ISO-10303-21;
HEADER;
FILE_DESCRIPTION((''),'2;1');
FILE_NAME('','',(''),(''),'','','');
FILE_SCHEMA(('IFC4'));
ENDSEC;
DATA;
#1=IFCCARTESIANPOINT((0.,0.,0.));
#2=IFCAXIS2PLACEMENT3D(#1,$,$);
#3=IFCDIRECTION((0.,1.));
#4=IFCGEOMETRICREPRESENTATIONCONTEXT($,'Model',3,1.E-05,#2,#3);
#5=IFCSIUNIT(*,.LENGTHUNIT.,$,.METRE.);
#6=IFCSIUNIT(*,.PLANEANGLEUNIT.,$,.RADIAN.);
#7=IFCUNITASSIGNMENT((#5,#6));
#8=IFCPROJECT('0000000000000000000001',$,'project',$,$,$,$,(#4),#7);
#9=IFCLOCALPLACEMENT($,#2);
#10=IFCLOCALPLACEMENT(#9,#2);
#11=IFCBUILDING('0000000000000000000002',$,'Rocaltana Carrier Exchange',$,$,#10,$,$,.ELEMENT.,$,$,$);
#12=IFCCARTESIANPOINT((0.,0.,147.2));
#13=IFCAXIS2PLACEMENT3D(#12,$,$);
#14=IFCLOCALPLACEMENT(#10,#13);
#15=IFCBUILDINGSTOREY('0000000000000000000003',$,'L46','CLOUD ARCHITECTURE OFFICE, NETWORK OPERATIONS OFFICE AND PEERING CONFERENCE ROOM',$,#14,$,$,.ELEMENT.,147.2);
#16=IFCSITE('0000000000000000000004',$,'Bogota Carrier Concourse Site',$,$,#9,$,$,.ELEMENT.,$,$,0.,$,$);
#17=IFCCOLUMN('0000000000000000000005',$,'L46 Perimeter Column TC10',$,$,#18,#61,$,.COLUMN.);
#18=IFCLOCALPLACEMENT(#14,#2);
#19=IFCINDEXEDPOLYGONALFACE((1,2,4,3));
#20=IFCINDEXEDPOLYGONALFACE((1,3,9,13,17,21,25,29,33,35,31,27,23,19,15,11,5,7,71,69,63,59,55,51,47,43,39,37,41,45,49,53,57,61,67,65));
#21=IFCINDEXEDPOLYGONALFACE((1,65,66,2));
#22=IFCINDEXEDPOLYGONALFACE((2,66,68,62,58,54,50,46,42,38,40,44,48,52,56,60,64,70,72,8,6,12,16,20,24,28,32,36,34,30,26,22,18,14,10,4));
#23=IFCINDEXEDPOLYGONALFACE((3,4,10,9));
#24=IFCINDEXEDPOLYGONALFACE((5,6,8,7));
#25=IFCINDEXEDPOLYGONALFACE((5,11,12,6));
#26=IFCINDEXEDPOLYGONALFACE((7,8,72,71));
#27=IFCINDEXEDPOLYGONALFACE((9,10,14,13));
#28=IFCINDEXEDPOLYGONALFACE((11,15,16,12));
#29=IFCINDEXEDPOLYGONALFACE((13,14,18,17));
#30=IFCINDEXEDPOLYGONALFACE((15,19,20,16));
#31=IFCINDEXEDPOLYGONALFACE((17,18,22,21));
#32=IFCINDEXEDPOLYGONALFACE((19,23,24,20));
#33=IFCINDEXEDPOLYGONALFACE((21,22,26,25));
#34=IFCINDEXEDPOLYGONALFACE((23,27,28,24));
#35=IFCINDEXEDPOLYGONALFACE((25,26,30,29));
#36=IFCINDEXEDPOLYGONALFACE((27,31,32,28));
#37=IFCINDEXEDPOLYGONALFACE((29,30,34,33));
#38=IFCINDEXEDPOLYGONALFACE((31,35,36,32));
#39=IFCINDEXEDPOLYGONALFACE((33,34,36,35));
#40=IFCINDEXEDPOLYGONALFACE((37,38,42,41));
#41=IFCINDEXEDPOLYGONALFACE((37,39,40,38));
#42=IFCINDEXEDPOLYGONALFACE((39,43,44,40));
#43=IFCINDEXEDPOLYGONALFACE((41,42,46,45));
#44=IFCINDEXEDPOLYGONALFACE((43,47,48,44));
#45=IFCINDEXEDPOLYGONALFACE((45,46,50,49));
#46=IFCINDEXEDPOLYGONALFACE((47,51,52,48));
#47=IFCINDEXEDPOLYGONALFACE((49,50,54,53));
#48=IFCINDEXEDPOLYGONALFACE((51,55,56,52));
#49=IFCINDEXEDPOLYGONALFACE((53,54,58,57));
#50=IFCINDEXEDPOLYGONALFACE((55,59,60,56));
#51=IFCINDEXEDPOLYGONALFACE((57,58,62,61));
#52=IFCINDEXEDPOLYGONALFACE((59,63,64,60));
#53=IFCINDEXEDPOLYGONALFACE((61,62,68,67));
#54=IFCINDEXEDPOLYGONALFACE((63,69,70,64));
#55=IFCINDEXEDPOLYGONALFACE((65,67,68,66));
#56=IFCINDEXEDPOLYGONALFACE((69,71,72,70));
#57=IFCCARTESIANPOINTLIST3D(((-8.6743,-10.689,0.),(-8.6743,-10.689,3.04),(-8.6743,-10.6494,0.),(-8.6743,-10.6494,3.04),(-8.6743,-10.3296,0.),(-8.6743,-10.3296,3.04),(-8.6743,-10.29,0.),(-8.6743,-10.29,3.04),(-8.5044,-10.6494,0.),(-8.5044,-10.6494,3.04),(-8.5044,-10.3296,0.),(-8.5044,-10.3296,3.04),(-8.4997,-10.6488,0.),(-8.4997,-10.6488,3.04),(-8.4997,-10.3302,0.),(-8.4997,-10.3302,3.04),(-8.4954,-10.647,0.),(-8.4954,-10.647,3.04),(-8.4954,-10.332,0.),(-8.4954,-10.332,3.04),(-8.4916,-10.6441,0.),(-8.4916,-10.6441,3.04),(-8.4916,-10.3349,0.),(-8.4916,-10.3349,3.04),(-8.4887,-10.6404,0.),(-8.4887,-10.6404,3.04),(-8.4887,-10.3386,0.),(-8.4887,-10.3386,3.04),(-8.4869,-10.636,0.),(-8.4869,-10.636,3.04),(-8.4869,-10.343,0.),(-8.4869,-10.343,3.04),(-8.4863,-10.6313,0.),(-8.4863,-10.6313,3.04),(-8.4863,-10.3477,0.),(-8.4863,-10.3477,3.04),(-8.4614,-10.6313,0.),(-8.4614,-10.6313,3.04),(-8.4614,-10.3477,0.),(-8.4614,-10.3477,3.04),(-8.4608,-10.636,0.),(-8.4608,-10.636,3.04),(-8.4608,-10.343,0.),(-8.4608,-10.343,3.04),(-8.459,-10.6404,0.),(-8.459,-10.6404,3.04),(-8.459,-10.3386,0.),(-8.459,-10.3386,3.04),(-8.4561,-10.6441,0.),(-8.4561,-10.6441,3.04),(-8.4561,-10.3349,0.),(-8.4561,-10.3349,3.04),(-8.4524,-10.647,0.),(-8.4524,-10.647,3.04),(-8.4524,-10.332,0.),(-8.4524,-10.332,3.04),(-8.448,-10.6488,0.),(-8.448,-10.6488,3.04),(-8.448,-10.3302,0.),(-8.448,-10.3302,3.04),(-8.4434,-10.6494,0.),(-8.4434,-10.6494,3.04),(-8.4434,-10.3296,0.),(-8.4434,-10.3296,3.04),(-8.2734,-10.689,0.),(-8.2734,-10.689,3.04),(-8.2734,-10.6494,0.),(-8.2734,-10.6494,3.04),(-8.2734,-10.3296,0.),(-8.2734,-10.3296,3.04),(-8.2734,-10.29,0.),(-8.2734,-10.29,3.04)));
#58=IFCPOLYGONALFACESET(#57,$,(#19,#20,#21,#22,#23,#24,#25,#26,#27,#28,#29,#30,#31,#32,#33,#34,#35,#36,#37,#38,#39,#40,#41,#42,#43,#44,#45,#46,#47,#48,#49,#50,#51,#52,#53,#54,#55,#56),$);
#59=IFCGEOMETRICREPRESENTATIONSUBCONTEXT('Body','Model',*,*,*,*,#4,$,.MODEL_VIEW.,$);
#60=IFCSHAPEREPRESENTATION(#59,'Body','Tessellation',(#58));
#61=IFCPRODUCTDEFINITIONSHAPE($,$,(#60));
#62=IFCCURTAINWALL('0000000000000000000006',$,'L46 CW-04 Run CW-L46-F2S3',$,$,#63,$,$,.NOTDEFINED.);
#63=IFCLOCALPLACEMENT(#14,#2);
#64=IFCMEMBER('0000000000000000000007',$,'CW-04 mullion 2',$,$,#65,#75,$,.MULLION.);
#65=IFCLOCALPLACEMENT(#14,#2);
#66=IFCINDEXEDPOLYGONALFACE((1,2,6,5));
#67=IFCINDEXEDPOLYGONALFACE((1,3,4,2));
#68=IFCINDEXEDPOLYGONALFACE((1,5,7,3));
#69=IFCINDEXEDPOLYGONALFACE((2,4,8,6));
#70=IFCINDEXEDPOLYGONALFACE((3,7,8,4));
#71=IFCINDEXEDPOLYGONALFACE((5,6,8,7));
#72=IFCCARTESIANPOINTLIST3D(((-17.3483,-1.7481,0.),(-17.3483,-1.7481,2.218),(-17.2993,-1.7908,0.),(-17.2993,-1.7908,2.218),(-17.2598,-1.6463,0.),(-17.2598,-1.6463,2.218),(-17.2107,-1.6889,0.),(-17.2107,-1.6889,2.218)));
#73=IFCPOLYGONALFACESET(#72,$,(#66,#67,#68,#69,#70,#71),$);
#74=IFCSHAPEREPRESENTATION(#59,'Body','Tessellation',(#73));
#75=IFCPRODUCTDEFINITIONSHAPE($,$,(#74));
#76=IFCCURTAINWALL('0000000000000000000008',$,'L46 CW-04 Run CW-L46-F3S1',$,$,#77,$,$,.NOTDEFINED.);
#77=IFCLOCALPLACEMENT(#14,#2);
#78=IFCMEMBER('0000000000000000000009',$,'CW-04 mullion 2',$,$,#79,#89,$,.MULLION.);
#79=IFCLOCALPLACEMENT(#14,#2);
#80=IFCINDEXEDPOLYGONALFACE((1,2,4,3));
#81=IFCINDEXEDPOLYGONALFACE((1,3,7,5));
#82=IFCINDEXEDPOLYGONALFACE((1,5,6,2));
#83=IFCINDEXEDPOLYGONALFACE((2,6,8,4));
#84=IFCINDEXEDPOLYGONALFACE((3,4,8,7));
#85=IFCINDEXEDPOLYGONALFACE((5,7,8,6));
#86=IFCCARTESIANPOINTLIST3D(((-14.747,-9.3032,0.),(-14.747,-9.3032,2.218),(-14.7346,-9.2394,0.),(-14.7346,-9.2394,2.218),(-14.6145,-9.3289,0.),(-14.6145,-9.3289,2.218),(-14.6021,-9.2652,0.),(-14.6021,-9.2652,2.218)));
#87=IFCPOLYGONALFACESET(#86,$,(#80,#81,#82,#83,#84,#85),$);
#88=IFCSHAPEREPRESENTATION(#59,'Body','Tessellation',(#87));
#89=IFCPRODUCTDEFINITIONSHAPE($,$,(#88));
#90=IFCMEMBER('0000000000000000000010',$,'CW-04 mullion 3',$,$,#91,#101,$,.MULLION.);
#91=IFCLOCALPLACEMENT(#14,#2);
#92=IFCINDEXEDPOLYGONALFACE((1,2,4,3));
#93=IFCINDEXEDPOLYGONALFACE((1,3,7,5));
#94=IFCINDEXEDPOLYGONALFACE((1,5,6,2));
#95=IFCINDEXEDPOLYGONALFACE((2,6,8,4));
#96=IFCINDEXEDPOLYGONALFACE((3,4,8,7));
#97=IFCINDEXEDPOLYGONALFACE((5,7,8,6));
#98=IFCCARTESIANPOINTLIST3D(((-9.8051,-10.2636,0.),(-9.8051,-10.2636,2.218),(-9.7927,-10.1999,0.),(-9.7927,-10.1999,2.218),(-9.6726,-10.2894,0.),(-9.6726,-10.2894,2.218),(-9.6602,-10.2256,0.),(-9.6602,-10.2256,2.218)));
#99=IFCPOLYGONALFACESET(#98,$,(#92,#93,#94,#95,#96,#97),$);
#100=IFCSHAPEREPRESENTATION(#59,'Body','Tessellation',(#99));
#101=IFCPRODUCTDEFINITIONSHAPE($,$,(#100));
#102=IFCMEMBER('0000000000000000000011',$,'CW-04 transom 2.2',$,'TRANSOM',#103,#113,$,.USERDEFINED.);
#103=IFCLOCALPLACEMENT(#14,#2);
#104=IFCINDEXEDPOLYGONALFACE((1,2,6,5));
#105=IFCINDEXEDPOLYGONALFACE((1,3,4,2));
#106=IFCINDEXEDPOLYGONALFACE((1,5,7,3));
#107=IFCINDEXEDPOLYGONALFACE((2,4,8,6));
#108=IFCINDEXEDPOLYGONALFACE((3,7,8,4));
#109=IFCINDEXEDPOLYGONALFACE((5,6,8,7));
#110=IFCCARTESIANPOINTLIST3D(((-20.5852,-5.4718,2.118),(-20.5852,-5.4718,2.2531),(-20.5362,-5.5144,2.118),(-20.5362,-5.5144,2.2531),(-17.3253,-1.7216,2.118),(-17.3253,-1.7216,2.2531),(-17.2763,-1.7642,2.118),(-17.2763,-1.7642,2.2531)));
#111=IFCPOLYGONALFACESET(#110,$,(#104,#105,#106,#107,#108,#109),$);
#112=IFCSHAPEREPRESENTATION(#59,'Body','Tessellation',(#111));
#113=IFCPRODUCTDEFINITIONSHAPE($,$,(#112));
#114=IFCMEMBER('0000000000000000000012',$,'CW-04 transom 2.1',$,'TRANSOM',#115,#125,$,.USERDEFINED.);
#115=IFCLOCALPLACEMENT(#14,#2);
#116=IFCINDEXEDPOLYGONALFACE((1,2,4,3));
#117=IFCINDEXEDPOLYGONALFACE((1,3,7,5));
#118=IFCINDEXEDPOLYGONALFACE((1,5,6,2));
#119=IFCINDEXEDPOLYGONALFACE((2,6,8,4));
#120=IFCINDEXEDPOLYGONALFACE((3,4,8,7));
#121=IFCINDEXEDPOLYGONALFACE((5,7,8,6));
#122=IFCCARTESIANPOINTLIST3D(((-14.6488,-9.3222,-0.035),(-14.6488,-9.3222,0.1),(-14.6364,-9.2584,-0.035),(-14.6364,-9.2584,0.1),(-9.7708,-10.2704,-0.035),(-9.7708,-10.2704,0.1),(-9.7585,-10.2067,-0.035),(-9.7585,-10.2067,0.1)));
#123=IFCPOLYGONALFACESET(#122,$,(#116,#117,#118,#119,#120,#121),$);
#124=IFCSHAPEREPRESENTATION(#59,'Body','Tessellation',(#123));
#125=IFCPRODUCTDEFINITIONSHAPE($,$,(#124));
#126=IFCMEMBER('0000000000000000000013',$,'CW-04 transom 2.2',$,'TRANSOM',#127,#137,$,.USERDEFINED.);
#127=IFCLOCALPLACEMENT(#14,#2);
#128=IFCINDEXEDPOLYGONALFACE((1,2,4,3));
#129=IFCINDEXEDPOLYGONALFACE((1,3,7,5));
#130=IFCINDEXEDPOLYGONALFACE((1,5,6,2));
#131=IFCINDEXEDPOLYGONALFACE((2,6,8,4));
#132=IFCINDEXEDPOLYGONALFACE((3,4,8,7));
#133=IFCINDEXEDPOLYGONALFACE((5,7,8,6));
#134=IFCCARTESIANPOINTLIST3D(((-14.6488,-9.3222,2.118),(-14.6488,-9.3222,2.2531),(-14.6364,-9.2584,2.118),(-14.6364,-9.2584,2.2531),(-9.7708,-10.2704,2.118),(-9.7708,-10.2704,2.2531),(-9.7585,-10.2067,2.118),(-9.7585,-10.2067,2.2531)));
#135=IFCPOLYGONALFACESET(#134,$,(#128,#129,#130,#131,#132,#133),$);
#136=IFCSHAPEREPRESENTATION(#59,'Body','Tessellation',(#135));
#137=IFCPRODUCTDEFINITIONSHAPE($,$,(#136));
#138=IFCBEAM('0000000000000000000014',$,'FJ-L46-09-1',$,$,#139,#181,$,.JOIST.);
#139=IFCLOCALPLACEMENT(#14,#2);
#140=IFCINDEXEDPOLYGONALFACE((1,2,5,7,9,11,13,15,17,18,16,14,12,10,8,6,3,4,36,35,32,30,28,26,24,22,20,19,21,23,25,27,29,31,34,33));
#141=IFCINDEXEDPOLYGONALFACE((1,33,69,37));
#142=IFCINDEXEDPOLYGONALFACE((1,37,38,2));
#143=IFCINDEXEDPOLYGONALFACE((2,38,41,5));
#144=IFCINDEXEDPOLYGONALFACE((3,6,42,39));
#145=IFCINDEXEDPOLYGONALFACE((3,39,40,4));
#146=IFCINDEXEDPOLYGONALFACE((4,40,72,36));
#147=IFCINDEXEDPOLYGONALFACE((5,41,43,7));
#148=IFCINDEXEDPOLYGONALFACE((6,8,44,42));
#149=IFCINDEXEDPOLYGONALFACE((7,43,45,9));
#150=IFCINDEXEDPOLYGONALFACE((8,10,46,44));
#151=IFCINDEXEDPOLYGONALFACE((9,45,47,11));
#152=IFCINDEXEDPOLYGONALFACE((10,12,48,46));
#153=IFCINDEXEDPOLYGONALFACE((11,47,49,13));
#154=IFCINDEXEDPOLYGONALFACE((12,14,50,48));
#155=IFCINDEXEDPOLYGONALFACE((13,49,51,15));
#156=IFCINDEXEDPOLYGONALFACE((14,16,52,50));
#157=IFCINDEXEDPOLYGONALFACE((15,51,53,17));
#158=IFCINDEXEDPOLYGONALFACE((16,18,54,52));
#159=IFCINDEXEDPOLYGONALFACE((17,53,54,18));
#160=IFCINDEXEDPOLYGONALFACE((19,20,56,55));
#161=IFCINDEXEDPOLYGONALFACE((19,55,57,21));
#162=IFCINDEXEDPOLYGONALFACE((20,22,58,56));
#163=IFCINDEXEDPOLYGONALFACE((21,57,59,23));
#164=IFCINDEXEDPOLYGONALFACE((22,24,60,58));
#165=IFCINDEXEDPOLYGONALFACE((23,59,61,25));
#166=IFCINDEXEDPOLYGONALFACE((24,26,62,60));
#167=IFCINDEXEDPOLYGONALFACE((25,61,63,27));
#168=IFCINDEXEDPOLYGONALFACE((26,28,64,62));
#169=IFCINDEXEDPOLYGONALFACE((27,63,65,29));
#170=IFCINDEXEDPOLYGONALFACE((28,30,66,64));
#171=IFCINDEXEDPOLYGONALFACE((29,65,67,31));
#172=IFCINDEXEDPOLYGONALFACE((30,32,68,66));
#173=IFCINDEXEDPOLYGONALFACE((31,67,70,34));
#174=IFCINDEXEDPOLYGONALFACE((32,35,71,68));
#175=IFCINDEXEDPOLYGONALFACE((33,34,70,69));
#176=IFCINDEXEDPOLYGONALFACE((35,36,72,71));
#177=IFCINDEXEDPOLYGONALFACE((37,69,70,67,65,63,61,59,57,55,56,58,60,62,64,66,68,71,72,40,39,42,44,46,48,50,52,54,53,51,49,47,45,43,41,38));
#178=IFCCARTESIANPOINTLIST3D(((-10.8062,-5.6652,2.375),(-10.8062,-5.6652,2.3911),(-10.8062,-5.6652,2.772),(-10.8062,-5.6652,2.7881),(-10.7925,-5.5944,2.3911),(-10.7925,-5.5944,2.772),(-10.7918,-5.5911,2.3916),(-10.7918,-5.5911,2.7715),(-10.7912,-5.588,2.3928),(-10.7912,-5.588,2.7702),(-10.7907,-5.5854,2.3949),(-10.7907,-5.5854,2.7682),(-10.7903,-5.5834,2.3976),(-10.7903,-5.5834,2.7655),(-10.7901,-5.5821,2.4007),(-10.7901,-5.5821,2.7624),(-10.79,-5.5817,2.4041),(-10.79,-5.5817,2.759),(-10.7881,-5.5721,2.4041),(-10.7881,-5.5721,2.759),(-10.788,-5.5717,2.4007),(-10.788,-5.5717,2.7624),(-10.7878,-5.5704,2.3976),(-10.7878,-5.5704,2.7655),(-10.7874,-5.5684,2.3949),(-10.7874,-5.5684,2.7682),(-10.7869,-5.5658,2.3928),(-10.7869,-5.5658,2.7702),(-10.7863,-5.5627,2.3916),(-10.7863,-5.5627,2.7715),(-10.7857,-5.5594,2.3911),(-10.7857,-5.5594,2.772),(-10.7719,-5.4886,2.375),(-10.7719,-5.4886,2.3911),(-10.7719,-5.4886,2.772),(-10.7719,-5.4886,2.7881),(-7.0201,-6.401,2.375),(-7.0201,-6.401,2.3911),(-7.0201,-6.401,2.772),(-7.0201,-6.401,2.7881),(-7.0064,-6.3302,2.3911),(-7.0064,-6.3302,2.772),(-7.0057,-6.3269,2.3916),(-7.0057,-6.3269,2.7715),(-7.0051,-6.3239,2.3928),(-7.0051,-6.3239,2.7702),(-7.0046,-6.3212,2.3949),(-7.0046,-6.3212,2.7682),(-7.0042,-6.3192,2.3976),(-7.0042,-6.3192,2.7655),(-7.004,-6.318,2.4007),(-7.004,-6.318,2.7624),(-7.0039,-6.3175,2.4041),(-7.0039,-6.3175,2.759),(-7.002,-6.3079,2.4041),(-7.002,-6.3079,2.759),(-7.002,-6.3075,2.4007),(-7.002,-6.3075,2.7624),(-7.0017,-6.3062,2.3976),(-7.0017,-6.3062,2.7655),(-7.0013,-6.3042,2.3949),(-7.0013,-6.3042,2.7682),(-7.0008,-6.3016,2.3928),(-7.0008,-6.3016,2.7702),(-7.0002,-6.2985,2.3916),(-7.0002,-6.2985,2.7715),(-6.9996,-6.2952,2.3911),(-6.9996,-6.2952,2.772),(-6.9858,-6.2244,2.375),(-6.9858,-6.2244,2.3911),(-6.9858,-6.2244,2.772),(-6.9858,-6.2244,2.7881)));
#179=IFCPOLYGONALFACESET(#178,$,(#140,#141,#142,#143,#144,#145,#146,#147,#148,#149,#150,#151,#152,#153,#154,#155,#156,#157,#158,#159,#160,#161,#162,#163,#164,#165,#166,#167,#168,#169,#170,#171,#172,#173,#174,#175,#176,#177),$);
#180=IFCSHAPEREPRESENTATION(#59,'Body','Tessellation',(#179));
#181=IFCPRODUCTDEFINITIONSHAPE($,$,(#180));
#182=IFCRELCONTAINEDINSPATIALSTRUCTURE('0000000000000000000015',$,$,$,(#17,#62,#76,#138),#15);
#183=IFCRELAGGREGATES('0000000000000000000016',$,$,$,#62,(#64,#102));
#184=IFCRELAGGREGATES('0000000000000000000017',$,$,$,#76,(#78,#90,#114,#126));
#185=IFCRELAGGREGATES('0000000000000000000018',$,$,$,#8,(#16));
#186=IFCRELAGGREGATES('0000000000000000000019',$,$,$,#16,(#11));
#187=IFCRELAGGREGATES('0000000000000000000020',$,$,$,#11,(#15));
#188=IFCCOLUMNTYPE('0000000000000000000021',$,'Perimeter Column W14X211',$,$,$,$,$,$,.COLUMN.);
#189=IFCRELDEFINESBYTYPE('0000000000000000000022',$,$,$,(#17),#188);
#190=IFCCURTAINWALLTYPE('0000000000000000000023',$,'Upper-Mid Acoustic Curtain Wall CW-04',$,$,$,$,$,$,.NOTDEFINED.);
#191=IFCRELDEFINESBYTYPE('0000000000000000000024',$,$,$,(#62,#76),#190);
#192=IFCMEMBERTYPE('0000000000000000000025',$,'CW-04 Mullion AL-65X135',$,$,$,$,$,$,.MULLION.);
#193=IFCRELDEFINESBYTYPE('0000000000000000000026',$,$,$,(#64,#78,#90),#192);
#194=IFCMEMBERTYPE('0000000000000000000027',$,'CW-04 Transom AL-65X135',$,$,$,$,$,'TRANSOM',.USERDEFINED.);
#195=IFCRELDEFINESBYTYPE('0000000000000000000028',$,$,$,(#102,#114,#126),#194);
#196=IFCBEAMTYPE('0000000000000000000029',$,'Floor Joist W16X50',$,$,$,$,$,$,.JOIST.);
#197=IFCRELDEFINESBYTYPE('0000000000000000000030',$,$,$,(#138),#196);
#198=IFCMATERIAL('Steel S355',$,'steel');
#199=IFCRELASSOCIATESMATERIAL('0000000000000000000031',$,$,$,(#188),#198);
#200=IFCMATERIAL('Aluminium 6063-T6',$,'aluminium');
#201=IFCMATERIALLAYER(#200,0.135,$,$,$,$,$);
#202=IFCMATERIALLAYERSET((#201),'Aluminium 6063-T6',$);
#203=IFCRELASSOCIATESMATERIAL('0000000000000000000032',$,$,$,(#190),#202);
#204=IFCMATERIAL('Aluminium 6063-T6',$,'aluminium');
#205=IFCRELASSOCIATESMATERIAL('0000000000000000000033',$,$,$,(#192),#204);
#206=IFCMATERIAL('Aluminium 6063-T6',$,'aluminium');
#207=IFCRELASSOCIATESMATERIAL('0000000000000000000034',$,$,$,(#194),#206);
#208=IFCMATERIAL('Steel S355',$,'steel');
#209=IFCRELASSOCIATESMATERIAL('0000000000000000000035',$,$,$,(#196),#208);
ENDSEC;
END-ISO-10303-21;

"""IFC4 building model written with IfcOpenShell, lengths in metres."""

from ifc_helpers import new_model, si_unit, direction, frame, origin, origin_2d, place, context, subcontext, project, spatial, rectangle, i_section, extrude, material, layer, layer_set, material_profile, profile_set, type_object, element, aggregate, save


model = new_model("IFC4")

# Units and contexts
model_context = context("Model", 3, precision=1e-05, world=origin(), true_north=direction((0.0, 1.0)))
body_context = subcontext(model_context, "Body", "Model", "MODEL_VIEW")
ifc_project = project(units=[si_unit("LENGTHUNIT", "METRE"), si_unit("PLANEANGLEUNIT", "RADIAN")], contexts=[model_context])

# Site, building, storey
site_placement = place(None, origin())
site = spatial("IfcSite", under=ifc_project, at=site_placement, Name="Bogota Carrier Concourse Site", CompositionType="ELEMENT", RefElevation=0.0)
building_placement = place(site_placement, origin())
building = spatial("IfcBuilding", under=site, at=building_placement, Name="Rocaltana Carrier Exchange", CompositionType="ELEMENT")
storey_placement = place(building_placement, frame((0.0, 0.0, 147.2)))
storey = spatial("IfcBuildingStorey", under=building, at=storey_placement, Name="L46", Description="CLOUD ARCHITECTURE OFFICE, NETWORK OPERATIONS OFFICE AND PEERING CONFERENCE ROOM", CompositionType="ELEMENT", Elevation=147.2)

# Column
ifc_material_1 = material(Name="Steel S355", Category="steel")
ifc_material_profile_1 = material_profile(ifc_material_1, i_section(OverallWidth=0.4009, OverallDepth=0.3989, WebThickness=0.0249, FlangeThickness=0.0396, FilletRadius=0.0181, at=origin_2d()), Name="W14X211")
ifc_profile_set_1 = profile_set([ifc_material_profile_1], Name="Steel S355")
column_type = type_object("IfcColumnType", Name="Perimeter Column W14X211", PredefinedType="COLUMN", material=ifc_profile_set_1)
column_placement = place(storey_placement, frame((-8.4739, -10.4895, 0.0), z_axis=(0.0, 0.0, 1.0), x_axis=(1.0, 0.0, 0.0)))
element("IfcColumn", 1, at=column_placement, inside=storey, type_object=column_type, Name="L46 Perimeter Column TC10", PredefinedType="COLUMN", context=body_context, shape_type="SweptSolid", body=[
    extrude(i_section(OverallWidth=0.4009, OverallDepth=0.3989, WebThickness=0.0249, FlangeThickness=0.0396, FilletRadius=0.0181, at=origin_2d()), origin(), (0.0, 0.0, 1.0), 3.04),
])

# Curtain wall, member
ifc_material_2 = material(Name="Aluminium 6063-T6", Category="aluminium")
ifc_layer_1 = layer(ifc_material_2, 0.135)
ifc_layer_set_1 = layer_set([ifc_layer_1], Name="Aluminium 6063-T6")
curtain_wall_type = type_object("IfcCurtainWallType", Name="Upper-Mid Acoustic Curtain Wall CW-04", PredefinedType="NOTDEFINED", material=ifc_layer_set_1)
curtain_wall_1_placement = place(storey_placement, origin())
curtain_wall_1 = element("IfcCurtainWall", 2, at=curtain_wall_1_placement, inside=storey, type_object=curtain_wall_type, Name="L46 CW-04 Run CW-L46-F2S3", PredefinedType="NOTDEFINED")
ifc_material_3 = material(Name="Aluminium 6063-T6", Category="aluminium")
ifc_material_profile_2 = material_profile(ifc_material_3, rectangle(XDim=0.0649, YDim=0.135, at=origin_2d()), Name="AL-65X135")
ifc_profile_set_2 = profile_set([ifc_material_profile_2], Name="Aluminium 6063-T6")
member_type_1 = type_object("IfcMemberType", Name="CW-04 Mullion AL-65X135", PredefinedType="MULLION", material=ifc_profile_set_2)
member_1_placement = place(storey_placement, frame((-17.2795, -1.7185, 0.0), z_axis=(0.0, 0.0, 1.0), x_axis=(0.754712, -0.656057, 0.0)))
member_1 = element("IfcMember", 3, at=member_1_placement, type_object=member_type_1, Name="CW-04 mullion 2", PredefinedType="MULLION", context=body_context, shape_type="SweptSolid", body=[
    extrude(rectangle(XDim=0.0649, YDim=0.135, at=origin_2d()), origin(), (0.0, 0.0, 1.0), 2.218),
])

# Curtain wall, members
curtain_wall_2_placement = place(storey_placement, origin())
curtain_wall_2 = element("IfcCurtainWall", 4, at=curtain_wall_2_placement, inside=storey, type_object=curtain_wall_type, Name="L46 CW-04 Run CW-L46-F3S1", PredefinedType="NOTDEFINED")
member_2_placement = place(storey_placement, frame((-14.6746, -9.2842, 0.0), z_axis=(0.0, 0.0, 1.0), x_axis=(0.190803, 0.981628, 0.0)))
member_2 = element("IfcMember", 5, at=member_2_placement, type_object=member_type_1, Name="CW-04 mullion 2", PredefinedType="MULLION", context=body_context, shape_type="SweptSolid", body=[
    extrude(rectangle(XDim=0.0649, YDim=0.135, at=origin_2d()), origin(), (0.0, 0.0, 1.0), 2.218),
])
member_3_placement = place(storey_placement, frame((-9.7327, -10.2446, 0.0), z_axis=(0.0, 0.0, 1.0), x_axis=(0.190803, 0.981628, 0.0)))
member_3 = element("IfcMember", 6, at=member_3_placement, type_object=member_type_1, Name="CW-04 mullion 3", PredefinedType="MULLION", context=body_context, shape_type="SweptSolid", body=[
    extrude(rectangle(XDim=0.0649, YDim=0.135, at=origin_2d()), origin(), (0.0, 0.0, 1.0), 2.218),
])

# Members
ifc_material_4 = material(Name="Aluminium 6063-T6", Category="aluminium")
ifc_material_profile_3 = material_profile(ifc_material_4, rectangle(XDim=0.0649, YDim=0.135, at=origin_2d()), Name="AL-65X135")
ifc_profile_set_3 = profile_set([ifc_material_profile_3], Name="Aluminium 6063-T6")
member_type_2 = type_object("IfcMemberType", Name="CW-04 Transom AL-65X135", ElementType="TRANSOM", PredefinedType="USERDEFINED", material=ifc_profile_set_3)
member_4_placement = place(storey_placement, frame((-17.3008, -1.7429, 2.1855), z_axis=(-0.656056, -0.754712, 0.0), x_axis=(0.754712, -0.656056, 0.0)))
member_4 = element("IfcMember", 7, at=member_4_placement, type_object=member_type_2, Name="CW-04 transom 2.2", ObjectType="TRANSOM", PredefinedType="USERDEFINED", context=body_context, shape_type="SweptSolid", body=[
    extrude(rectangle(XDim=0.0649, YDim=0.135, at=origin_2d()), origin(), (0.0, 0.0, 1.0), 4.969),
])
aggregate(curtain_wall_1, [member_1, member_4])
member_5_placement = place(storey_placement, frame((-14.6426, -9.2903, 0.0325), z_axis=(0.981625, -0.190822, 0.0), x_axis=(0.190822, 0.981625, 0.0)))
member_5 = element("IfcMember", 8, at=member_5_placement, type_object=member_type_2, Name="CW-04 transom 2.1", ObjectType="TRANSOM", PredefinedType="USERDEFINED", context=body_context, shape_type="SweptSolid", body=[
    extrude(rectangle(XDim=0.0649, YDim=0.135, at=origin_2d()), origin(), (0.0, 0.0, 1.0), 4.9692),
])
member_6_placement = place(storey_placement, frame((-14.6426, -9.2903, 2.1855), z_axis=(0.981625, -0.190822, 0.0), x_axis=(0.190822, 0.981625, 0.0)))
member_6 = element("IfcMember", 9, at=member_6_placement, type_object=member_type_2, Name="CW-04 transom 2.2", ObjectType="TRANSOM", PredefinedType="USERDEFINED", context=body_context, shape_type="SweptSolid", body=[
    extrude(rectangle(XDim=0.0649, YDim=0.135, at=origin_2d()), origin(), (0.0, 0.0, 1.0), 4.9692),
])

# Beam
ifc_material_5 = material(Name="Steel S355", Category="steel")
ifc_material_profile_4 = material_profile(ifc_material_5, i_section(OverallWidth=0.1799, OverallDepth=0.4131, WebThickness=0.0098, FlangeThickness=0.0161, FilletRadius=0.0129, at=origin_2d()), Name="W16X50")
ifc_profile_set_4 = profile_set([ifc_material_profile_4], Name="Steel S355")
beam_type_1 = type_object("IfcBeamType", Name="Floor Joist W16X50", PredefinedType="JOIST", material=ifc_profile_set_4)
beam_1_placement = place(storey_placement, frame((-10.7891, -5.5769, 2.5815), z_axis=(0.981633, -0.190782, 0.0), x_axis=(0.190782, 0.981633, 0.0)))
element("IfcBeam", 10, at=beam_1_placement, inside=storey, type_object=beam_type_1, Name="FJ-L46-09-1", PredefinedType="JOIST", context=body_context, shape_type="SweptSolid", body=[
    extrude(i_section(OverallWidth=0.1799, OverallDepth=0.4131, WebThickness=0.0098, FlangeThickness=0.0161, FilletRadius=0.0129, at=origin_2d()), origin(), (0.0, 0.0, 1.0), 3.8569),
])

aggregate(curtain_wall_2, [member_2, member_3, member_5, member_6])

save(model, "model.ifc")
